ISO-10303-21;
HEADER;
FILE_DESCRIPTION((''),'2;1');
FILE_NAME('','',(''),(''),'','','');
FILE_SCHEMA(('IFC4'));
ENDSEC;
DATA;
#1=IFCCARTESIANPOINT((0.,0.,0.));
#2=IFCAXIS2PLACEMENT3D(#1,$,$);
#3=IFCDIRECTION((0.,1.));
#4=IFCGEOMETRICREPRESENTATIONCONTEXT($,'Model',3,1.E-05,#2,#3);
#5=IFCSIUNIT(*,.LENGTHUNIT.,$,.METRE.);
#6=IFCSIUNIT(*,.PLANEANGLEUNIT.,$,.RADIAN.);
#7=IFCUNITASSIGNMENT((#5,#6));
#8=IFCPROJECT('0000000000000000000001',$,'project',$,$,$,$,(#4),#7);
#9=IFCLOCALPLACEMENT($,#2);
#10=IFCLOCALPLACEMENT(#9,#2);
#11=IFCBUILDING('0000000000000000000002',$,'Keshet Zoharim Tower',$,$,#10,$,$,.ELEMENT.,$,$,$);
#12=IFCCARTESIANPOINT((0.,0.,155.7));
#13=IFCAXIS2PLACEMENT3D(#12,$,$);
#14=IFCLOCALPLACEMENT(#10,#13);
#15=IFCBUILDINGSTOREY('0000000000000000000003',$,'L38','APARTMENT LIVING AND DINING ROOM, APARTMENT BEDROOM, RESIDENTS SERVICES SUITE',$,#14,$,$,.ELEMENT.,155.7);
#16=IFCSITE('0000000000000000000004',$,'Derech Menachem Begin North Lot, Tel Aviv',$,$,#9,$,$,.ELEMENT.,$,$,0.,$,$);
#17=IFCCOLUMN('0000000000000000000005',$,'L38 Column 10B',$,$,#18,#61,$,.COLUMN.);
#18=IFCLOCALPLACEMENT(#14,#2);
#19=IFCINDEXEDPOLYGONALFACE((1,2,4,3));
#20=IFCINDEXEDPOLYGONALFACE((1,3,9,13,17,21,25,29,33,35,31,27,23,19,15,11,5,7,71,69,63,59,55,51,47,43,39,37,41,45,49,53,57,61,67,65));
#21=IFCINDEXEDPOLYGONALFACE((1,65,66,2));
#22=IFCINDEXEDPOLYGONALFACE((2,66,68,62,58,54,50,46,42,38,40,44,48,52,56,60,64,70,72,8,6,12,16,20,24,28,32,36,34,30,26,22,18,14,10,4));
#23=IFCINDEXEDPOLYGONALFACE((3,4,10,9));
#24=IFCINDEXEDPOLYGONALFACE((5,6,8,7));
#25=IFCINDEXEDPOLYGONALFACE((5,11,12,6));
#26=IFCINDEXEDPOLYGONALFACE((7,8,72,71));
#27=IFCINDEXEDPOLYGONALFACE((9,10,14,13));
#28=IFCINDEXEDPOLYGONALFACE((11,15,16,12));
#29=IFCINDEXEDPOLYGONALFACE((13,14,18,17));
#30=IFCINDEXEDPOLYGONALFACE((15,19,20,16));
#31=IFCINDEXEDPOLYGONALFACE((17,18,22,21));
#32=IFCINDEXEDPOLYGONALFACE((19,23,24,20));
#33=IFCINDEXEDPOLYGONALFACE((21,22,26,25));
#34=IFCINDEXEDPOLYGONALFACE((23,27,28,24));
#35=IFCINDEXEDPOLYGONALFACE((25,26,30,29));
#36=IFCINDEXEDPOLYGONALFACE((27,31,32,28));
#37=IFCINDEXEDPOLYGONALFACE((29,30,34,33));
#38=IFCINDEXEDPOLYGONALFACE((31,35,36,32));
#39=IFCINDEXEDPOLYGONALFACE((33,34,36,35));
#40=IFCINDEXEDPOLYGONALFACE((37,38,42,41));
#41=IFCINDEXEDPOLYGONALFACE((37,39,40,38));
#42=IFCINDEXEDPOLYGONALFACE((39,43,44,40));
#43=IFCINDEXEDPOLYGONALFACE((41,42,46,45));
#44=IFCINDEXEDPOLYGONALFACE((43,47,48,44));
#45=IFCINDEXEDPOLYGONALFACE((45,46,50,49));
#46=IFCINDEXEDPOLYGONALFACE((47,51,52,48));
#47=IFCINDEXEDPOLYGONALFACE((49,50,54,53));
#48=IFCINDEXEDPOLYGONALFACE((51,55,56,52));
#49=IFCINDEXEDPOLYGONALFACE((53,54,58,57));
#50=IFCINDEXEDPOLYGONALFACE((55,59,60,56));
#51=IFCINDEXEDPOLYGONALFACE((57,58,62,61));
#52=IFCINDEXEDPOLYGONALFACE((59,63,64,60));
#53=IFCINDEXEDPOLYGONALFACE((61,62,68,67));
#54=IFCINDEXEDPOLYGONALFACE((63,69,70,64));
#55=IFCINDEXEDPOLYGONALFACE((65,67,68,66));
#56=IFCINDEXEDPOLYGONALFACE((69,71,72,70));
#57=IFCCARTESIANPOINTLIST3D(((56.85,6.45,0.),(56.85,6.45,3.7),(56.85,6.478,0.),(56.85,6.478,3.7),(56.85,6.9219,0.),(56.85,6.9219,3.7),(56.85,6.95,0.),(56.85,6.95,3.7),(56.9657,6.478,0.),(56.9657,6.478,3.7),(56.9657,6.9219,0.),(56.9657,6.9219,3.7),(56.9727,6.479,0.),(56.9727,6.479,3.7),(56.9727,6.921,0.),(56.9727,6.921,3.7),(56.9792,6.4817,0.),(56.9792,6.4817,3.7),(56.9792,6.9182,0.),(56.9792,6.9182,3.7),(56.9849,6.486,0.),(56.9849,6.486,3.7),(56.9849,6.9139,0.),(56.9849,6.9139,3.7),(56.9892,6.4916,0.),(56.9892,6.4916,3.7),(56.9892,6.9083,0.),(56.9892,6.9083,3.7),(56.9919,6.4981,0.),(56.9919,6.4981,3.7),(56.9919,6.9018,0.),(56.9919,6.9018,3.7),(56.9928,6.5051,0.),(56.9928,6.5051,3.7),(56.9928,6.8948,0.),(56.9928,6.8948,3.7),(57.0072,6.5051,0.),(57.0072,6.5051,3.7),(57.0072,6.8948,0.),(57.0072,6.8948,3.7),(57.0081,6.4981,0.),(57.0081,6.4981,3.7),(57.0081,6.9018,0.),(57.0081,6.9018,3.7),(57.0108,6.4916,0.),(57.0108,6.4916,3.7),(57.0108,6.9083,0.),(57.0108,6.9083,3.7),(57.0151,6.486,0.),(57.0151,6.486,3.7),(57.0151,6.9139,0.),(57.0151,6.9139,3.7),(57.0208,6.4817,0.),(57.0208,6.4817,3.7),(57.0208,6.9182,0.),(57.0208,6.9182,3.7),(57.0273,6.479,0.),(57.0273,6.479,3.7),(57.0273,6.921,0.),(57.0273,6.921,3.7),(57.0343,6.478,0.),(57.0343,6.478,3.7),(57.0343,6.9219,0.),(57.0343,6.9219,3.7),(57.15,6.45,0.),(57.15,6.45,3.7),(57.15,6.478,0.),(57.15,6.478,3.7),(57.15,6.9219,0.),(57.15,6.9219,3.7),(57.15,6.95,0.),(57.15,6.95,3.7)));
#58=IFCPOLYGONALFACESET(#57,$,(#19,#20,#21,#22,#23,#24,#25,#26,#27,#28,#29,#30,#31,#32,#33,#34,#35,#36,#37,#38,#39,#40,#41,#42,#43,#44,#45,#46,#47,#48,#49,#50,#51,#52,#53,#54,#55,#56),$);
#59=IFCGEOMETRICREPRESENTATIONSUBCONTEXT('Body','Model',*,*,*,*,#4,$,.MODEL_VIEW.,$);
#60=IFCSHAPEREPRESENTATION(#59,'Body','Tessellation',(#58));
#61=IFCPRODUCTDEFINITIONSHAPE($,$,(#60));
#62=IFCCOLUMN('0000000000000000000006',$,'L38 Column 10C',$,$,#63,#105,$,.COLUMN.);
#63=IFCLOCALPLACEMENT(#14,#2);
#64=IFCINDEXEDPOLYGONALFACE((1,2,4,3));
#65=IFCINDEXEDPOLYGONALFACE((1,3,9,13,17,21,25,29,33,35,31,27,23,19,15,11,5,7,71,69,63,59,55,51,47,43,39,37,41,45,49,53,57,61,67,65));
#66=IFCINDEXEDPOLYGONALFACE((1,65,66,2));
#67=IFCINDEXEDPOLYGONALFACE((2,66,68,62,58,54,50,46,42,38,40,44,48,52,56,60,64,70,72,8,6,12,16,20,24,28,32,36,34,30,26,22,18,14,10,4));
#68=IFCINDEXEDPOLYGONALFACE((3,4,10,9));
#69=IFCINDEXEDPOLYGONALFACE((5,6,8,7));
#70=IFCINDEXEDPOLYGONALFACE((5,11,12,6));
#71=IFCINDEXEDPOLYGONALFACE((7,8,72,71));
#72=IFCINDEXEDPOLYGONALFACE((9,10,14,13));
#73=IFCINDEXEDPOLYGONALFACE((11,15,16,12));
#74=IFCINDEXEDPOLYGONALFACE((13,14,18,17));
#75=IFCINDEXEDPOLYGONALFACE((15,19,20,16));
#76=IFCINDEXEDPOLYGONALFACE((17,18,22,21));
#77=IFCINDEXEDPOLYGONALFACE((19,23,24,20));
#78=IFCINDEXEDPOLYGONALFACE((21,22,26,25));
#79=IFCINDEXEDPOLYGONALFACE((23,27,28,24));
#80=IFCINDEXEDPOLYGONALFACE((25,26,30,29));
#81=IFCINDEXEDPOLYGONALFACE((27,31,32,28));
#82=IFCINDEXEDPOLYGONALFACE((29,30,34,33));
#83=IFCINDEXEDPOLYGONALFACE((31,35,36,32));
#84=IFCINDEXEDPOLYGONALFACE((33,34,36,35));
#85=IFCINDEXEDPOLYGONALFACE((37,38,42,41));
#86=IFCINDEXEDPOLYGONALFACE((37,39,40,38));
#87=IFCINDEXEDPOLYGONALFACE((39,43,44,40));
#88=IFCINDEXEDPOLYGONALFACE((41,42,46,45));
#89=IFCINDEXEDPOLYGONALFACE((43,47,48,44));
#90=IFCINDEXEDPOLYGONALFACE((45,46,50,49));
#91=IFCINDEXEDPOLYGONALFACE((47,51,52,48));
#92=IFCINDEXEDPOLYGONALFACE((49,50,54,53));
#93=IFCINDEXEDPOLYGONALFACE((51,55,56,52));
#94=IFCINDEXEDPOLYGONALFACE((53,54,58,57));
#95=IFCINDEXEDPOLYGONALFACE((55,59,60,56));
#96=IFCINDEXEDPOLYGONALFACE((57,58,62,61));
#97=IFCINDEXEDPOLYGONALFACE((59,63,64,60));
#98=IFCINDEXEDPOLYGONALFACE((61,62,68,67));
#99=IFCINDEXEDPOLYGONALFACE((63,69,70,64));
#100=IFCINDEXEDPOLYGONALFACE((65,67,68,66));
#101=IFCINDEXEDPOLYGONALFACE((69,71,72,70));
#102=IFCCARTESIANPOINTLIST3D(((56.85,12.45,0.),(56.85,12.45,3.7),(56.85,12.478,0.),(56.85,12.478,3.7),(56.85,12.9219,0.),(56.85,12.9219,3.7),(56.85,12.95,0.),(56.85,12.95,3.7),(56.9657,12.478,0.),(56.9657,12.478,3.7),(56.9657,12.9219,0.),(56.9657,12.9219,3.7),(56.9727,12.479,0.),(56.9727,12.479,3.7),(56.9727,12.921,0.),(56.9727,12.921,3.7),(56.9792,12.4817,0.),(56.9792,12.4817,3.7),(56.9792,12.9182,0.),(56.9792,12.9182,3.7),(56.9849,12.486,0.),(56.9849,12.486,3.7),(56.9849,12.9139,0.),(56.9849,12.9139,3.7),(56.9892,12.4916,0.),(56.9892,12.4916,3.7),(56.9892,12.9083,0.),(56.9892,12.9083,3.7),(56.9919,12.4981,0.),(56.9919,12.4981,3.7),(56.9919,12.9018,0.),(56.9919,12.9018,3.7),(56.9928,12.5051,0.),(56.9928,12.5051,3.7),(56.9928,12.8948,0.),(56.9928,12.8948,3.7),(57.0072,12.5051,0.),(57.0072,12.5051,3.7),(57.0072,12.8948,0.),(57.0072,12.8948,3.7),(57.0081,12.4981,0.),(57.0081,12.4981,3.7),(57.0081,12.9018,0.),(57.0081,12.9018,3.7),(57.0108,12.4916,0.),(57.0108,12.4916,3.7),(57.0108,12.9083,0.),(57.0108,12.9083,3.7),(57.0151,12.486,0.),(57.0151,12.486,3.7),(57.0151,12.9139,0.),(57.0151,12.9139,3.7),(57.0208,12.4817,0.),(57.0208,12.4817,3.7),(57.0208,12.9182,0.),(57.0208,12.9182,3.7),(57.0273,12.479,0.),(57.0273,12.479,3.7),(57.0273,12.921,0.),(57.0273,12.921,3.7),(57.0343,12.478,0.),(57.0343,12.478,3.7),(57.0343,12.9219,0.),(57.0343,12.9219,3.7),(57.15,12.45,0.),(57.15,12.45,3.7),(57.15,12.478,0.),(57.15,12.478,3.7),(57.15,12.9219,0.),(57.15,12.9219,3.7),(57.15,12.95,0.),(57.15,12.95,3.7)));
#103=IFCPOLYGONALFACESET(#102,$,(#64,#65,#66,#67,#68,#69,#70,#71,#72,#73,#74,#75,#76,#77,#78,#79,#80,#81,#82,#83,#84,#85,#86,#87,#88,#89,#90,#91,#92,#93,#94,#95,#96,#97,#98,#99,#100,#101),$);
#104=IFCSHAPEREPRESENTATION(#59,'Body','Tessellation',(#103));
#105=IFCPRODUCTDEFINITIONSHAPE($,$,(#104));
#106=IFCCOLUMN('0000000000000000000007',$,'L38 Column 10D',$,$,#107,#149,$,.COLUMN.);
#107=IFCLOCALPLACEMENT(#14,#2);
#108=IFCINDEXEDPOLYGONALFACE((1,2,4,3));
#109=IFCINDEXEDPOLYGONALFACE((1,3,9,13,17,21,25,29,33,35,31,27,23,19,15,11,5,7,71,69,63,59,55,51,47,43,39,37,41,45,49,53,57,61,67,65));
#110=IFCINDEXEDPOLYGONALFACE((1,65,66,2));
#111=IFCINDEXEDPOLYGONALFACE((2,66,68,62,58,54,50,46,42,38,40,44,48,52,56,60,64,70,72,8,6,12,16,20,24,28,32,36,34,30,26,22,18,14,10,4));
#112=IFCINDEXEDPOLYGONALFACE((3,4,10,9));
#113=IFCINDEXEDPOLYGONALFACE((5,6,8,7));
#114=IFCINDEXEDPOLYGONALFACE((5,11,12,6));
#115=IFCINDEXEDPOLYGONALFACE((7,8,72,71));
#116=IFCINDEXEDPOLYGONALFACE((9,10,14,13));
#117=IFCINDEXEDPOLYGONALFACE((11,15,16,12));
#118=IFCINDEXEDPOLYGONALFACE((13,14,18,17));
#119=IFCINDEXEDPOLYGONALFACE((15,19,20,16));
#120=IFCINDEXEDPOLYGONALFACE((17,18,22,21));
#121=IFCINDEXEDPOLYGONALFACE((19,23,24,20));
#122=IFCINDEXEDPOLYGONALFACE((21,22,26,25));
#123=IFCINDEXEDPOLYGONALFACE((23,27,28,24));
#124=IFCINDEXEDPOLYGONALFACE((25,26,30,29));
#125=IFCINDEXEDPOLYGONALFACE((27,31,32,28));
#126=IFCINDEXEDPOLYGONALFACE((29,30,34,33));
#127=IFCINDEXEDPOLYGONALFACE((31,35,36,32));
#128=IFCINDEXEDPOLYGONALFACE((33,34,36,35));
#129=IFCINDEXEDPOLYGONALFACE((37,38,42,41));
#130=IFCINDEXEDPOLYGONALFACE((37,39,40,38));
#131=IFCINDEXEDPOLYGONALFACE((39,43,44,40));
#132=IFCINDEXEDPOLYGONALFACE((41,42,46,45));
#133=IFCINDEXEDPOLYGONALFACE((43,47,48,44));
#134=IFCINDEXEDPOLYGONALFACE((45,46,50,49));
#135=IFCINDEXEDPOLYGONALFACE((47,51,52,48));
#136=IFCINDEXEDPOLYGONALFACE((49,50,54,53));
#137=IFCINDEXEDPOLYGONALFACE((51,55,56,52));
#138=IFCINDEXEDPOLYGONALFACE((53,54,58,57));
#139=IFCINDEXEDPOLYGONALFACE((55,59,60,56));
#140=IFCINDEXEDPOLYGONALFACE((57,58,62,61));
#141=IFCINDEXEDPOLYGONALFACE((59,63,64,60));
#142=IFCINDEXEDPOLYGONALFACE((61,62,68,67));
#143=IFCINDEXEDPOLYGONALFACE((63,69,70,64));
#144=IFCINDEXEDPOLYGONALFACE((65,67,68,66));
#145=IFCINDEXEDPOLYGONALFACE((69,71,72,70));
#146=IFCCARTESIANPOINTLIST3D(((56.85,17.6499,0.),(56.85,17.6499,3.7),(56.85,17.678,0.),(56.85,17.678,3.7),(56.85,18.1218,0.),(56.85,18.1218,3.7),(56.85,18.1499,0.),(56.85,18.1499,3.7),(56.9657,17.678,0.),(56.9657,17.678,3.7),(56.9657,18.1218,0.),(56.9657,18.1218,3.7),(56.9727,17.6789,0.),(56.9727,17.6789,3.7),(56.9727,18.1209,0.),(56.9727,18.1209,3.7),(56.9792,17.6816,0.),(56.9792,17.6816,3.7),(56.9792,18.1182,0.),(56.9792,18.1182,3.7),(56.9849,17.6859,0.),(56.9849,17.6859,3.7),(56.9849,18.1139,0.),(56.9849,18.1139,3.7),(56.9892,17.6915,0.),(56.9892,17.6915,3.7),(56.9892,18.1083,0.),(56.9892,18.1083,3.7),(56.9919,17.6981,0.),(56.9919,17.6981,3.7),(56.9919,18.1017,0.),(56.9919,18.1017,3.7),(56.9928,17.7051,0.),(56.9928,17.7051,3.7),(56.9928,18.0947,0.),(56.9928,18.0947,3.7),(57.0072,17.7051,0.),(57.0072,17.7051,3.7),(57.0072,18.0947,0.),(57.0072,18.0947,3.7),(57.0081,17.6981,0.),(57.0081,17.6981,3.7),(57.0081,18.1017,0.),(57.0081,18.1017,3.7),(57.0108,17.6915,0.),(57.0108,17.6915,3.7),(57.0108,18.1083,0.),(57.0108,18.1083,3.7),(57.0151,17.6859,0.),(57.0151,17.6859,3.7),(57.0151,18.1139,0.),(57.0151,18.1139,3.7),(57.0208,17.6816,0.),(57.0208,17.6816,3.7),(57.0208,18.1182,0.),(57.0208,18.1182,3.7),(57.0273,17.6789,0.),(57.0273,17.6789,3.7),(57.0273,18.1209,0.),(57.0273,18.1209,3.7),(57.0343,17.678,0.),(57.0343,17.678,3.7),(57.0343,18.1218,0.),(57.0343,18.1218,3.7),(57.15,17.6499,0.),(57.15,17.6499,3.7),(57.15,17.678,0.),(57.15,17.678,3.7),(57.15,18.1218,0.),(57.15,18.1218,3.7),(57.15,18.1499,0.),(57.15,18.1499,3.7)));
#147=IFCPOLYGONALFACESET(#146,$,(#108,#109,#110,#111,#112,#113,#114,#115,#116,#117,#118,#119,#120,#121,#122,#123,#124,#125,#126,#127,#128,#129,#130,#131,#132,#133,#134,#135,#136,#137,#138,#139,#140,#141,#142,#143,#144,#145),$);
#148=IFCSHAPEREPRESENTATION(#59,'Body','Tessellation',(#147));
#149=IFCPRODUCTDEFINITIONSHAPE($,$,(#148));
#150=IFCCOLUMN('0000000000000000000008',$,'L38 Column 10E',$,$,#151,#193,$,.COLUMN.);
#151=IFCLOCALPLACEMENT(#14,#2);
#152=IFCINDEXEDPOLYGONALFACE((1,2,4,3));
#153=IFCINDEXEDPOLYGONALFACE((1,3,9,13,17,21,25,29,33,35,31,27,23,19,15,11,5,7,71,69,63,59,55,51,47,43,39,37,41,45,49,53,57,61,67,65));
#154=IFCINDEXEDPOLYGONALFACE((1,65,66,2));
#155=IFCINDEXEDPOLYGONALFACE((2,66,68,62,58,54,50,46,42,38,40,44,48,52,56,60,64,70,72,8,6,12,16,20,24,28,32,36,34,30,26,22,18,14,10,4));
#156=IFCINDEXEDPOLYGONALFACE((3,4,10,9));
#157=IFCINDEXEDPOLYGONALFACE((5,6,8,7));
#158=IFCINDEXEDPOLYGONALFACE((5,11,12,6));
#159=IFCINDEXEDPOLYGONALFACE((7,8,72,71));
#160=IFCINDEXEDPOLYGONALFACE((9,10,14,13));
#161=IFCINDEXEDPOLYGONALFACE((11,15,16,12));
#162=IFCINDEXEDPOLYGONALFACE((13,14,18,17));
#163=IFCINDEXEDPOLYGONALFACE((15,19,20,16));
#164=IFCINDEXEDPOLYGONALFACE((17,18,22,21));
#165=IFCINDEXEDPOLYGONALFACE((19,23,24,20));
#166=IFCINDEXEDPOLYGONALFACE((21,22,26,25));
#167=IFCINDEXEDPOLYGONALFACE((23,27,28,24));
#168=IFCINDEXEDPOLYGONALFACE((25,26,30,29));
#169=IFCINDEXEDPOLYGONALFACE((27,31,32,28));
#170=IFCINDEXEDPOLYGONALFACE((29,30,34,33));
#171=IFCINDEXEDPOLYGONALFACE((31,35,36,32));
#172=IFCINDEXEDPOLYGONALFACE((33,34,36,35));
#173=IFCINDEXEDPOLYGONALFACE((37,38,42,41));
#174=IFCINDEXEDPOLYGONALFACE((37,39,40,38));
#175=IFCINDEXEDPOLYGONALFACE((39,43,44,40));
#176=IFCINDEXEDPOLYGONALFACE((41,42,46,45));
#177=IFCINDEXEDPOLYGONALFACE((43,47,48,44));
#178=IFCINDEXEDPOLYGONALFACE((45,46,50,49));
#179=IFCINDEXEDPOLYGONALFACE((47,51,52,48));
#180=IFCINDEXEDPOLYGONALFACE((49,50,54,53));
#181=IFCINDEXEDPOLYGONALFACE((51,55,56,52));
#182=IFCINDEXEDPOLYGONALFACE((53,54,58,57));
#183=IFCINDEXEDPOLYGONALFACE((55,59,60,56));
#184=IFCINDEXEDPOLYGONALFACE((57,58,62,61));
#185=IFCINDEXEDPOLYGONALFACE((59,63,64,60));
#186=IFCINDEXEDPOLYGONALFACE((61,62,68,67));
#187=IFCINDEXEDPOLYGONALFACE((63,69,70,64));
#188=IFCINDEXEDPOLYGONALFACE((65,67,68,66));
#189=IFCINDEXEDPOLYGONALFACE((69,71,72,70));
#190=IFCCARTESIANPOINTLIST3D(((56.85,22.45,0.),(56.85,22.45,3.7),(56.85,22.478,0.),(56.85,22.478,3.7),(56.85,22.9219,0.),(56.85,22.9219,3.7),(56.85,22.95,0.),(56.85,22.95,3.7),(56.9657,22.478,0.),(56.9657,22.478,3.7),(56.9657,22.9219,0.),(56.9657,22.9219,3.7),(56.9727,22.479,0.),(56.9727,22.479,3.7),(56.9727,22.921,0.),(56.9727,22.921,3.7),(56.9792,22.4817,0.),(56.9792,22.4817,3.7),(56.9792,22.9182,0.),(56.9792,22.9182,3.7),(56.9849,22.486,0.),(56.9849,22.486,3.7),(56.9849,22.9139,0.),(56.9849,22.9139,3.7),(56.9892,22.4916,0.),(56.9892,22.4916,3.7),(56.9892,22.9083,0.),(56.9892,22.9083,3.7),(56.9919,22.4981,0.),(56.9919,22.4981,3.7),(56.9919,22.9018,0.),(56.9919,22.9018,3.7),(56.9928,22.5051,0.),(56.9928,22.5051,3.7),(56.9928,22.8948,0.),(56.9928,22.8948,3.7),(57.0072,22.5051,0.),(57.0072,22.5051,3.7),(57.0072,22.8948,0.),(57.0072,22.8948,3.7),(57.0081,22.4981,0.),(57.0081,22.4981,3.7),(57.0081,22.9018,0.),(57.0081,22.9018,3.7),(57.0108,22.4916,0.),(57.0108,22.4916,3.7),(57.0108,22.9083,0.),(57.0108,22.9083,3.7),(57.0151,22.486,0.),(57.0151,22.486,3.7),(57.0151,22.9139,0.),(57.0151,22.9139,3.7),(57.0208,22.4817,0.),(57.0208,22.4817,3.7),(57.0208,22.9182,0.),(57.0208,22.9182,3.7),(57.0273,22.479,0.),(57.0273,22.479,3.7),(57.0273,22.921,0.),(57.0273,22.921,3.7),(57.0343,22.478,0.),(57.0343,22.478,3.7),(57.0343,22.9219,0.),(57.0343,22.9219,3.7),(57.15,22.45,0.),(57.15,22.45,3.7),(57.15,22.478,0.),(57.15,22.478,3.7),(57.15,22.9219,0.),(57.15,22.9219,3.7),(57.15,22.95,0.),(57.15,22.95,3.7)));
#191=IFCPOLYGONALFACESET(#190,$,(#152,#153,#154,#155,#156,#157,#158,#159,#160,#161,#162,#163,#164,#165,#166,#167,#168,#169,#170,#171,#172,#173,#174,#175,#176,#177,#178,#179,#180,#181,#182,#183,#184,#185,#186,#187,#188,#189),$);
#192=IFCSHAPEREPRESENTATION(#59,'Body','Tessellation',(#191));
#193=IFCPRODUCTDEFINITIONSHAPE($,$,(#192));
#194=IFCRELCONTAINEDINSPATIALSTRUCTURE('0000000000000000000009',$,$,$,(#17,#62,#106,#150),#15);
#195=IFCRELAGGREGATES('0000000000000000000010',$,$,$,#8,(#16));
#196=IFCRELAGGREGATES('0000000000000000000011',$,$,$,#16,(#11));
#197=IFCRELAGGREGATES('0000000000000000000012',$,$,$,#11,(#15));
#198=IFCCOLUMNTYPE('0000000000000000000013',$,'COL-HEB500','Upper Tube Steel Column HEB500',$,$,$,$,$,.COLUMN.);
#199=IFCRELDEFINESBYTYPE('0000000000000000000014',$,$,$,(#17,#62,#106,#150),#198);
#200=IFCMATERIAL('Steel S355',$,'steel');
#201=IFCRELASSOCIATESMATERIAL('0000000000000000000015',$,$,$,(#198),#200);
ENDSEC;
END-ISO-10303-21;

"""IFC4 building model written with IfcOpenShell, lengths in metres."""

from ifc_helpers import new_model, si_unit, direction, frame, origin, origin_2d, place, context, subcontext, project, spatial, i_section, extrude, material, material_profile, profile_set, type_object, element, save


model = new_model("IFC4")

# Units and contexts
model_context = context("Model", 3, precision=1e-05, world=origin(), true_north=direction((0.0, 1.0)))
body_context = subcontext(model_context, "Body", "Model", "MODEL_VIEW")
ifc_project = project(units=[si_unit("LENGTHUNIT", "METRE"), si_unit("PLANEANGLEUNIT", "RADIAN")], contexts=[model_context])

# Site, building, storey
site_placement = place(None, origin())
site = spatial("IfcSite", under=ifc_project, at=site_placement, Name="Derech Menachem Begin North Lot, Tel Aviv", CompositionType="ELEMENT", RefElevation=0.0)
building_placement = place(site_placement, origin())
building = spatial("IfcBuilding", under=site, at=building_placement, Name="Keshet Zoharim Tower", CompositionType="ELEMENT")
storey_placement = place(building_placement, frame((0.0, 0.0, 155.7)))
storey = spatial("IfcBuildingStorey", under=building, at=storey_placement, Name="L38", Description="APARTMENT LIVING AND DINING ROOM, APARTMENT BEDROOM, RESIDENTS SERVICES SUITE", CompositionType="ELEMENT", Elevation=155.7)

# Columns
ifc_material_1 = material(Name="Steel S355", Category="steel")
ifc_material_profile_1 = material_profile(ifc_material_1, i_section(OverallWidth=0.3, OverallDepth=0.5, WebThickness=0.0144, FlangeThickness=0.0281, FilletRadius=0.0271, at=origin_2d()), Name="HEB500")
ifc_profile_set_1 = profile_set([ifc_material_profile_1], Name="Steel S355")
column_type = type_object("IfcColumnType", Name="COL-HEB500", Description="Upper Tube Steel Column HEB500", PredefinedType="COLUMN", material=ifc_profile_set_1)
for number, where, z_axis, x_axis, name in (
    (1, (57.0, 6.7, 0.0), (0.0, 0.0, 1.0), (1.0, 0.0, 0.0), "L38 Column 10B"),
    (2, (57.0, 12.7, 0.0), (0.0, 0.0, 1.0), (1.0, 0.0, 0.0), "L38 Column 10C"),
    (3, (57.0, 17.8999, 0.0), (0.0, 0.0, 1.0), (1.0, 0.0, 0.0), "L38 Column 10D"),
    (4, (57.0, 22.7, 0.0), (0.0, 0.0, 1.0), (1.0, 0.0, 0.0), "L38 Column 10E"),
):
    element("IfcColumn", number, at=place(storey_placement, frame(where, z_axis=z_axis, x_axis=x_axis)), inside=storey, type_object=column_type, Name=name, PredefinedType="COLUMN", context=body_context, shape_type="SweptSolid", body=[
        extrude(i_section(OverallWidth=0.3, OverallDepth=0.5, WebThickness=0.0144, FlangeThickness=0.0281, FilletRadius=0.0271, at=origin_2d()), origin(), (0.0, 0.0, 1.0), 3.7),
    ])

save(model, "model.ifc")
